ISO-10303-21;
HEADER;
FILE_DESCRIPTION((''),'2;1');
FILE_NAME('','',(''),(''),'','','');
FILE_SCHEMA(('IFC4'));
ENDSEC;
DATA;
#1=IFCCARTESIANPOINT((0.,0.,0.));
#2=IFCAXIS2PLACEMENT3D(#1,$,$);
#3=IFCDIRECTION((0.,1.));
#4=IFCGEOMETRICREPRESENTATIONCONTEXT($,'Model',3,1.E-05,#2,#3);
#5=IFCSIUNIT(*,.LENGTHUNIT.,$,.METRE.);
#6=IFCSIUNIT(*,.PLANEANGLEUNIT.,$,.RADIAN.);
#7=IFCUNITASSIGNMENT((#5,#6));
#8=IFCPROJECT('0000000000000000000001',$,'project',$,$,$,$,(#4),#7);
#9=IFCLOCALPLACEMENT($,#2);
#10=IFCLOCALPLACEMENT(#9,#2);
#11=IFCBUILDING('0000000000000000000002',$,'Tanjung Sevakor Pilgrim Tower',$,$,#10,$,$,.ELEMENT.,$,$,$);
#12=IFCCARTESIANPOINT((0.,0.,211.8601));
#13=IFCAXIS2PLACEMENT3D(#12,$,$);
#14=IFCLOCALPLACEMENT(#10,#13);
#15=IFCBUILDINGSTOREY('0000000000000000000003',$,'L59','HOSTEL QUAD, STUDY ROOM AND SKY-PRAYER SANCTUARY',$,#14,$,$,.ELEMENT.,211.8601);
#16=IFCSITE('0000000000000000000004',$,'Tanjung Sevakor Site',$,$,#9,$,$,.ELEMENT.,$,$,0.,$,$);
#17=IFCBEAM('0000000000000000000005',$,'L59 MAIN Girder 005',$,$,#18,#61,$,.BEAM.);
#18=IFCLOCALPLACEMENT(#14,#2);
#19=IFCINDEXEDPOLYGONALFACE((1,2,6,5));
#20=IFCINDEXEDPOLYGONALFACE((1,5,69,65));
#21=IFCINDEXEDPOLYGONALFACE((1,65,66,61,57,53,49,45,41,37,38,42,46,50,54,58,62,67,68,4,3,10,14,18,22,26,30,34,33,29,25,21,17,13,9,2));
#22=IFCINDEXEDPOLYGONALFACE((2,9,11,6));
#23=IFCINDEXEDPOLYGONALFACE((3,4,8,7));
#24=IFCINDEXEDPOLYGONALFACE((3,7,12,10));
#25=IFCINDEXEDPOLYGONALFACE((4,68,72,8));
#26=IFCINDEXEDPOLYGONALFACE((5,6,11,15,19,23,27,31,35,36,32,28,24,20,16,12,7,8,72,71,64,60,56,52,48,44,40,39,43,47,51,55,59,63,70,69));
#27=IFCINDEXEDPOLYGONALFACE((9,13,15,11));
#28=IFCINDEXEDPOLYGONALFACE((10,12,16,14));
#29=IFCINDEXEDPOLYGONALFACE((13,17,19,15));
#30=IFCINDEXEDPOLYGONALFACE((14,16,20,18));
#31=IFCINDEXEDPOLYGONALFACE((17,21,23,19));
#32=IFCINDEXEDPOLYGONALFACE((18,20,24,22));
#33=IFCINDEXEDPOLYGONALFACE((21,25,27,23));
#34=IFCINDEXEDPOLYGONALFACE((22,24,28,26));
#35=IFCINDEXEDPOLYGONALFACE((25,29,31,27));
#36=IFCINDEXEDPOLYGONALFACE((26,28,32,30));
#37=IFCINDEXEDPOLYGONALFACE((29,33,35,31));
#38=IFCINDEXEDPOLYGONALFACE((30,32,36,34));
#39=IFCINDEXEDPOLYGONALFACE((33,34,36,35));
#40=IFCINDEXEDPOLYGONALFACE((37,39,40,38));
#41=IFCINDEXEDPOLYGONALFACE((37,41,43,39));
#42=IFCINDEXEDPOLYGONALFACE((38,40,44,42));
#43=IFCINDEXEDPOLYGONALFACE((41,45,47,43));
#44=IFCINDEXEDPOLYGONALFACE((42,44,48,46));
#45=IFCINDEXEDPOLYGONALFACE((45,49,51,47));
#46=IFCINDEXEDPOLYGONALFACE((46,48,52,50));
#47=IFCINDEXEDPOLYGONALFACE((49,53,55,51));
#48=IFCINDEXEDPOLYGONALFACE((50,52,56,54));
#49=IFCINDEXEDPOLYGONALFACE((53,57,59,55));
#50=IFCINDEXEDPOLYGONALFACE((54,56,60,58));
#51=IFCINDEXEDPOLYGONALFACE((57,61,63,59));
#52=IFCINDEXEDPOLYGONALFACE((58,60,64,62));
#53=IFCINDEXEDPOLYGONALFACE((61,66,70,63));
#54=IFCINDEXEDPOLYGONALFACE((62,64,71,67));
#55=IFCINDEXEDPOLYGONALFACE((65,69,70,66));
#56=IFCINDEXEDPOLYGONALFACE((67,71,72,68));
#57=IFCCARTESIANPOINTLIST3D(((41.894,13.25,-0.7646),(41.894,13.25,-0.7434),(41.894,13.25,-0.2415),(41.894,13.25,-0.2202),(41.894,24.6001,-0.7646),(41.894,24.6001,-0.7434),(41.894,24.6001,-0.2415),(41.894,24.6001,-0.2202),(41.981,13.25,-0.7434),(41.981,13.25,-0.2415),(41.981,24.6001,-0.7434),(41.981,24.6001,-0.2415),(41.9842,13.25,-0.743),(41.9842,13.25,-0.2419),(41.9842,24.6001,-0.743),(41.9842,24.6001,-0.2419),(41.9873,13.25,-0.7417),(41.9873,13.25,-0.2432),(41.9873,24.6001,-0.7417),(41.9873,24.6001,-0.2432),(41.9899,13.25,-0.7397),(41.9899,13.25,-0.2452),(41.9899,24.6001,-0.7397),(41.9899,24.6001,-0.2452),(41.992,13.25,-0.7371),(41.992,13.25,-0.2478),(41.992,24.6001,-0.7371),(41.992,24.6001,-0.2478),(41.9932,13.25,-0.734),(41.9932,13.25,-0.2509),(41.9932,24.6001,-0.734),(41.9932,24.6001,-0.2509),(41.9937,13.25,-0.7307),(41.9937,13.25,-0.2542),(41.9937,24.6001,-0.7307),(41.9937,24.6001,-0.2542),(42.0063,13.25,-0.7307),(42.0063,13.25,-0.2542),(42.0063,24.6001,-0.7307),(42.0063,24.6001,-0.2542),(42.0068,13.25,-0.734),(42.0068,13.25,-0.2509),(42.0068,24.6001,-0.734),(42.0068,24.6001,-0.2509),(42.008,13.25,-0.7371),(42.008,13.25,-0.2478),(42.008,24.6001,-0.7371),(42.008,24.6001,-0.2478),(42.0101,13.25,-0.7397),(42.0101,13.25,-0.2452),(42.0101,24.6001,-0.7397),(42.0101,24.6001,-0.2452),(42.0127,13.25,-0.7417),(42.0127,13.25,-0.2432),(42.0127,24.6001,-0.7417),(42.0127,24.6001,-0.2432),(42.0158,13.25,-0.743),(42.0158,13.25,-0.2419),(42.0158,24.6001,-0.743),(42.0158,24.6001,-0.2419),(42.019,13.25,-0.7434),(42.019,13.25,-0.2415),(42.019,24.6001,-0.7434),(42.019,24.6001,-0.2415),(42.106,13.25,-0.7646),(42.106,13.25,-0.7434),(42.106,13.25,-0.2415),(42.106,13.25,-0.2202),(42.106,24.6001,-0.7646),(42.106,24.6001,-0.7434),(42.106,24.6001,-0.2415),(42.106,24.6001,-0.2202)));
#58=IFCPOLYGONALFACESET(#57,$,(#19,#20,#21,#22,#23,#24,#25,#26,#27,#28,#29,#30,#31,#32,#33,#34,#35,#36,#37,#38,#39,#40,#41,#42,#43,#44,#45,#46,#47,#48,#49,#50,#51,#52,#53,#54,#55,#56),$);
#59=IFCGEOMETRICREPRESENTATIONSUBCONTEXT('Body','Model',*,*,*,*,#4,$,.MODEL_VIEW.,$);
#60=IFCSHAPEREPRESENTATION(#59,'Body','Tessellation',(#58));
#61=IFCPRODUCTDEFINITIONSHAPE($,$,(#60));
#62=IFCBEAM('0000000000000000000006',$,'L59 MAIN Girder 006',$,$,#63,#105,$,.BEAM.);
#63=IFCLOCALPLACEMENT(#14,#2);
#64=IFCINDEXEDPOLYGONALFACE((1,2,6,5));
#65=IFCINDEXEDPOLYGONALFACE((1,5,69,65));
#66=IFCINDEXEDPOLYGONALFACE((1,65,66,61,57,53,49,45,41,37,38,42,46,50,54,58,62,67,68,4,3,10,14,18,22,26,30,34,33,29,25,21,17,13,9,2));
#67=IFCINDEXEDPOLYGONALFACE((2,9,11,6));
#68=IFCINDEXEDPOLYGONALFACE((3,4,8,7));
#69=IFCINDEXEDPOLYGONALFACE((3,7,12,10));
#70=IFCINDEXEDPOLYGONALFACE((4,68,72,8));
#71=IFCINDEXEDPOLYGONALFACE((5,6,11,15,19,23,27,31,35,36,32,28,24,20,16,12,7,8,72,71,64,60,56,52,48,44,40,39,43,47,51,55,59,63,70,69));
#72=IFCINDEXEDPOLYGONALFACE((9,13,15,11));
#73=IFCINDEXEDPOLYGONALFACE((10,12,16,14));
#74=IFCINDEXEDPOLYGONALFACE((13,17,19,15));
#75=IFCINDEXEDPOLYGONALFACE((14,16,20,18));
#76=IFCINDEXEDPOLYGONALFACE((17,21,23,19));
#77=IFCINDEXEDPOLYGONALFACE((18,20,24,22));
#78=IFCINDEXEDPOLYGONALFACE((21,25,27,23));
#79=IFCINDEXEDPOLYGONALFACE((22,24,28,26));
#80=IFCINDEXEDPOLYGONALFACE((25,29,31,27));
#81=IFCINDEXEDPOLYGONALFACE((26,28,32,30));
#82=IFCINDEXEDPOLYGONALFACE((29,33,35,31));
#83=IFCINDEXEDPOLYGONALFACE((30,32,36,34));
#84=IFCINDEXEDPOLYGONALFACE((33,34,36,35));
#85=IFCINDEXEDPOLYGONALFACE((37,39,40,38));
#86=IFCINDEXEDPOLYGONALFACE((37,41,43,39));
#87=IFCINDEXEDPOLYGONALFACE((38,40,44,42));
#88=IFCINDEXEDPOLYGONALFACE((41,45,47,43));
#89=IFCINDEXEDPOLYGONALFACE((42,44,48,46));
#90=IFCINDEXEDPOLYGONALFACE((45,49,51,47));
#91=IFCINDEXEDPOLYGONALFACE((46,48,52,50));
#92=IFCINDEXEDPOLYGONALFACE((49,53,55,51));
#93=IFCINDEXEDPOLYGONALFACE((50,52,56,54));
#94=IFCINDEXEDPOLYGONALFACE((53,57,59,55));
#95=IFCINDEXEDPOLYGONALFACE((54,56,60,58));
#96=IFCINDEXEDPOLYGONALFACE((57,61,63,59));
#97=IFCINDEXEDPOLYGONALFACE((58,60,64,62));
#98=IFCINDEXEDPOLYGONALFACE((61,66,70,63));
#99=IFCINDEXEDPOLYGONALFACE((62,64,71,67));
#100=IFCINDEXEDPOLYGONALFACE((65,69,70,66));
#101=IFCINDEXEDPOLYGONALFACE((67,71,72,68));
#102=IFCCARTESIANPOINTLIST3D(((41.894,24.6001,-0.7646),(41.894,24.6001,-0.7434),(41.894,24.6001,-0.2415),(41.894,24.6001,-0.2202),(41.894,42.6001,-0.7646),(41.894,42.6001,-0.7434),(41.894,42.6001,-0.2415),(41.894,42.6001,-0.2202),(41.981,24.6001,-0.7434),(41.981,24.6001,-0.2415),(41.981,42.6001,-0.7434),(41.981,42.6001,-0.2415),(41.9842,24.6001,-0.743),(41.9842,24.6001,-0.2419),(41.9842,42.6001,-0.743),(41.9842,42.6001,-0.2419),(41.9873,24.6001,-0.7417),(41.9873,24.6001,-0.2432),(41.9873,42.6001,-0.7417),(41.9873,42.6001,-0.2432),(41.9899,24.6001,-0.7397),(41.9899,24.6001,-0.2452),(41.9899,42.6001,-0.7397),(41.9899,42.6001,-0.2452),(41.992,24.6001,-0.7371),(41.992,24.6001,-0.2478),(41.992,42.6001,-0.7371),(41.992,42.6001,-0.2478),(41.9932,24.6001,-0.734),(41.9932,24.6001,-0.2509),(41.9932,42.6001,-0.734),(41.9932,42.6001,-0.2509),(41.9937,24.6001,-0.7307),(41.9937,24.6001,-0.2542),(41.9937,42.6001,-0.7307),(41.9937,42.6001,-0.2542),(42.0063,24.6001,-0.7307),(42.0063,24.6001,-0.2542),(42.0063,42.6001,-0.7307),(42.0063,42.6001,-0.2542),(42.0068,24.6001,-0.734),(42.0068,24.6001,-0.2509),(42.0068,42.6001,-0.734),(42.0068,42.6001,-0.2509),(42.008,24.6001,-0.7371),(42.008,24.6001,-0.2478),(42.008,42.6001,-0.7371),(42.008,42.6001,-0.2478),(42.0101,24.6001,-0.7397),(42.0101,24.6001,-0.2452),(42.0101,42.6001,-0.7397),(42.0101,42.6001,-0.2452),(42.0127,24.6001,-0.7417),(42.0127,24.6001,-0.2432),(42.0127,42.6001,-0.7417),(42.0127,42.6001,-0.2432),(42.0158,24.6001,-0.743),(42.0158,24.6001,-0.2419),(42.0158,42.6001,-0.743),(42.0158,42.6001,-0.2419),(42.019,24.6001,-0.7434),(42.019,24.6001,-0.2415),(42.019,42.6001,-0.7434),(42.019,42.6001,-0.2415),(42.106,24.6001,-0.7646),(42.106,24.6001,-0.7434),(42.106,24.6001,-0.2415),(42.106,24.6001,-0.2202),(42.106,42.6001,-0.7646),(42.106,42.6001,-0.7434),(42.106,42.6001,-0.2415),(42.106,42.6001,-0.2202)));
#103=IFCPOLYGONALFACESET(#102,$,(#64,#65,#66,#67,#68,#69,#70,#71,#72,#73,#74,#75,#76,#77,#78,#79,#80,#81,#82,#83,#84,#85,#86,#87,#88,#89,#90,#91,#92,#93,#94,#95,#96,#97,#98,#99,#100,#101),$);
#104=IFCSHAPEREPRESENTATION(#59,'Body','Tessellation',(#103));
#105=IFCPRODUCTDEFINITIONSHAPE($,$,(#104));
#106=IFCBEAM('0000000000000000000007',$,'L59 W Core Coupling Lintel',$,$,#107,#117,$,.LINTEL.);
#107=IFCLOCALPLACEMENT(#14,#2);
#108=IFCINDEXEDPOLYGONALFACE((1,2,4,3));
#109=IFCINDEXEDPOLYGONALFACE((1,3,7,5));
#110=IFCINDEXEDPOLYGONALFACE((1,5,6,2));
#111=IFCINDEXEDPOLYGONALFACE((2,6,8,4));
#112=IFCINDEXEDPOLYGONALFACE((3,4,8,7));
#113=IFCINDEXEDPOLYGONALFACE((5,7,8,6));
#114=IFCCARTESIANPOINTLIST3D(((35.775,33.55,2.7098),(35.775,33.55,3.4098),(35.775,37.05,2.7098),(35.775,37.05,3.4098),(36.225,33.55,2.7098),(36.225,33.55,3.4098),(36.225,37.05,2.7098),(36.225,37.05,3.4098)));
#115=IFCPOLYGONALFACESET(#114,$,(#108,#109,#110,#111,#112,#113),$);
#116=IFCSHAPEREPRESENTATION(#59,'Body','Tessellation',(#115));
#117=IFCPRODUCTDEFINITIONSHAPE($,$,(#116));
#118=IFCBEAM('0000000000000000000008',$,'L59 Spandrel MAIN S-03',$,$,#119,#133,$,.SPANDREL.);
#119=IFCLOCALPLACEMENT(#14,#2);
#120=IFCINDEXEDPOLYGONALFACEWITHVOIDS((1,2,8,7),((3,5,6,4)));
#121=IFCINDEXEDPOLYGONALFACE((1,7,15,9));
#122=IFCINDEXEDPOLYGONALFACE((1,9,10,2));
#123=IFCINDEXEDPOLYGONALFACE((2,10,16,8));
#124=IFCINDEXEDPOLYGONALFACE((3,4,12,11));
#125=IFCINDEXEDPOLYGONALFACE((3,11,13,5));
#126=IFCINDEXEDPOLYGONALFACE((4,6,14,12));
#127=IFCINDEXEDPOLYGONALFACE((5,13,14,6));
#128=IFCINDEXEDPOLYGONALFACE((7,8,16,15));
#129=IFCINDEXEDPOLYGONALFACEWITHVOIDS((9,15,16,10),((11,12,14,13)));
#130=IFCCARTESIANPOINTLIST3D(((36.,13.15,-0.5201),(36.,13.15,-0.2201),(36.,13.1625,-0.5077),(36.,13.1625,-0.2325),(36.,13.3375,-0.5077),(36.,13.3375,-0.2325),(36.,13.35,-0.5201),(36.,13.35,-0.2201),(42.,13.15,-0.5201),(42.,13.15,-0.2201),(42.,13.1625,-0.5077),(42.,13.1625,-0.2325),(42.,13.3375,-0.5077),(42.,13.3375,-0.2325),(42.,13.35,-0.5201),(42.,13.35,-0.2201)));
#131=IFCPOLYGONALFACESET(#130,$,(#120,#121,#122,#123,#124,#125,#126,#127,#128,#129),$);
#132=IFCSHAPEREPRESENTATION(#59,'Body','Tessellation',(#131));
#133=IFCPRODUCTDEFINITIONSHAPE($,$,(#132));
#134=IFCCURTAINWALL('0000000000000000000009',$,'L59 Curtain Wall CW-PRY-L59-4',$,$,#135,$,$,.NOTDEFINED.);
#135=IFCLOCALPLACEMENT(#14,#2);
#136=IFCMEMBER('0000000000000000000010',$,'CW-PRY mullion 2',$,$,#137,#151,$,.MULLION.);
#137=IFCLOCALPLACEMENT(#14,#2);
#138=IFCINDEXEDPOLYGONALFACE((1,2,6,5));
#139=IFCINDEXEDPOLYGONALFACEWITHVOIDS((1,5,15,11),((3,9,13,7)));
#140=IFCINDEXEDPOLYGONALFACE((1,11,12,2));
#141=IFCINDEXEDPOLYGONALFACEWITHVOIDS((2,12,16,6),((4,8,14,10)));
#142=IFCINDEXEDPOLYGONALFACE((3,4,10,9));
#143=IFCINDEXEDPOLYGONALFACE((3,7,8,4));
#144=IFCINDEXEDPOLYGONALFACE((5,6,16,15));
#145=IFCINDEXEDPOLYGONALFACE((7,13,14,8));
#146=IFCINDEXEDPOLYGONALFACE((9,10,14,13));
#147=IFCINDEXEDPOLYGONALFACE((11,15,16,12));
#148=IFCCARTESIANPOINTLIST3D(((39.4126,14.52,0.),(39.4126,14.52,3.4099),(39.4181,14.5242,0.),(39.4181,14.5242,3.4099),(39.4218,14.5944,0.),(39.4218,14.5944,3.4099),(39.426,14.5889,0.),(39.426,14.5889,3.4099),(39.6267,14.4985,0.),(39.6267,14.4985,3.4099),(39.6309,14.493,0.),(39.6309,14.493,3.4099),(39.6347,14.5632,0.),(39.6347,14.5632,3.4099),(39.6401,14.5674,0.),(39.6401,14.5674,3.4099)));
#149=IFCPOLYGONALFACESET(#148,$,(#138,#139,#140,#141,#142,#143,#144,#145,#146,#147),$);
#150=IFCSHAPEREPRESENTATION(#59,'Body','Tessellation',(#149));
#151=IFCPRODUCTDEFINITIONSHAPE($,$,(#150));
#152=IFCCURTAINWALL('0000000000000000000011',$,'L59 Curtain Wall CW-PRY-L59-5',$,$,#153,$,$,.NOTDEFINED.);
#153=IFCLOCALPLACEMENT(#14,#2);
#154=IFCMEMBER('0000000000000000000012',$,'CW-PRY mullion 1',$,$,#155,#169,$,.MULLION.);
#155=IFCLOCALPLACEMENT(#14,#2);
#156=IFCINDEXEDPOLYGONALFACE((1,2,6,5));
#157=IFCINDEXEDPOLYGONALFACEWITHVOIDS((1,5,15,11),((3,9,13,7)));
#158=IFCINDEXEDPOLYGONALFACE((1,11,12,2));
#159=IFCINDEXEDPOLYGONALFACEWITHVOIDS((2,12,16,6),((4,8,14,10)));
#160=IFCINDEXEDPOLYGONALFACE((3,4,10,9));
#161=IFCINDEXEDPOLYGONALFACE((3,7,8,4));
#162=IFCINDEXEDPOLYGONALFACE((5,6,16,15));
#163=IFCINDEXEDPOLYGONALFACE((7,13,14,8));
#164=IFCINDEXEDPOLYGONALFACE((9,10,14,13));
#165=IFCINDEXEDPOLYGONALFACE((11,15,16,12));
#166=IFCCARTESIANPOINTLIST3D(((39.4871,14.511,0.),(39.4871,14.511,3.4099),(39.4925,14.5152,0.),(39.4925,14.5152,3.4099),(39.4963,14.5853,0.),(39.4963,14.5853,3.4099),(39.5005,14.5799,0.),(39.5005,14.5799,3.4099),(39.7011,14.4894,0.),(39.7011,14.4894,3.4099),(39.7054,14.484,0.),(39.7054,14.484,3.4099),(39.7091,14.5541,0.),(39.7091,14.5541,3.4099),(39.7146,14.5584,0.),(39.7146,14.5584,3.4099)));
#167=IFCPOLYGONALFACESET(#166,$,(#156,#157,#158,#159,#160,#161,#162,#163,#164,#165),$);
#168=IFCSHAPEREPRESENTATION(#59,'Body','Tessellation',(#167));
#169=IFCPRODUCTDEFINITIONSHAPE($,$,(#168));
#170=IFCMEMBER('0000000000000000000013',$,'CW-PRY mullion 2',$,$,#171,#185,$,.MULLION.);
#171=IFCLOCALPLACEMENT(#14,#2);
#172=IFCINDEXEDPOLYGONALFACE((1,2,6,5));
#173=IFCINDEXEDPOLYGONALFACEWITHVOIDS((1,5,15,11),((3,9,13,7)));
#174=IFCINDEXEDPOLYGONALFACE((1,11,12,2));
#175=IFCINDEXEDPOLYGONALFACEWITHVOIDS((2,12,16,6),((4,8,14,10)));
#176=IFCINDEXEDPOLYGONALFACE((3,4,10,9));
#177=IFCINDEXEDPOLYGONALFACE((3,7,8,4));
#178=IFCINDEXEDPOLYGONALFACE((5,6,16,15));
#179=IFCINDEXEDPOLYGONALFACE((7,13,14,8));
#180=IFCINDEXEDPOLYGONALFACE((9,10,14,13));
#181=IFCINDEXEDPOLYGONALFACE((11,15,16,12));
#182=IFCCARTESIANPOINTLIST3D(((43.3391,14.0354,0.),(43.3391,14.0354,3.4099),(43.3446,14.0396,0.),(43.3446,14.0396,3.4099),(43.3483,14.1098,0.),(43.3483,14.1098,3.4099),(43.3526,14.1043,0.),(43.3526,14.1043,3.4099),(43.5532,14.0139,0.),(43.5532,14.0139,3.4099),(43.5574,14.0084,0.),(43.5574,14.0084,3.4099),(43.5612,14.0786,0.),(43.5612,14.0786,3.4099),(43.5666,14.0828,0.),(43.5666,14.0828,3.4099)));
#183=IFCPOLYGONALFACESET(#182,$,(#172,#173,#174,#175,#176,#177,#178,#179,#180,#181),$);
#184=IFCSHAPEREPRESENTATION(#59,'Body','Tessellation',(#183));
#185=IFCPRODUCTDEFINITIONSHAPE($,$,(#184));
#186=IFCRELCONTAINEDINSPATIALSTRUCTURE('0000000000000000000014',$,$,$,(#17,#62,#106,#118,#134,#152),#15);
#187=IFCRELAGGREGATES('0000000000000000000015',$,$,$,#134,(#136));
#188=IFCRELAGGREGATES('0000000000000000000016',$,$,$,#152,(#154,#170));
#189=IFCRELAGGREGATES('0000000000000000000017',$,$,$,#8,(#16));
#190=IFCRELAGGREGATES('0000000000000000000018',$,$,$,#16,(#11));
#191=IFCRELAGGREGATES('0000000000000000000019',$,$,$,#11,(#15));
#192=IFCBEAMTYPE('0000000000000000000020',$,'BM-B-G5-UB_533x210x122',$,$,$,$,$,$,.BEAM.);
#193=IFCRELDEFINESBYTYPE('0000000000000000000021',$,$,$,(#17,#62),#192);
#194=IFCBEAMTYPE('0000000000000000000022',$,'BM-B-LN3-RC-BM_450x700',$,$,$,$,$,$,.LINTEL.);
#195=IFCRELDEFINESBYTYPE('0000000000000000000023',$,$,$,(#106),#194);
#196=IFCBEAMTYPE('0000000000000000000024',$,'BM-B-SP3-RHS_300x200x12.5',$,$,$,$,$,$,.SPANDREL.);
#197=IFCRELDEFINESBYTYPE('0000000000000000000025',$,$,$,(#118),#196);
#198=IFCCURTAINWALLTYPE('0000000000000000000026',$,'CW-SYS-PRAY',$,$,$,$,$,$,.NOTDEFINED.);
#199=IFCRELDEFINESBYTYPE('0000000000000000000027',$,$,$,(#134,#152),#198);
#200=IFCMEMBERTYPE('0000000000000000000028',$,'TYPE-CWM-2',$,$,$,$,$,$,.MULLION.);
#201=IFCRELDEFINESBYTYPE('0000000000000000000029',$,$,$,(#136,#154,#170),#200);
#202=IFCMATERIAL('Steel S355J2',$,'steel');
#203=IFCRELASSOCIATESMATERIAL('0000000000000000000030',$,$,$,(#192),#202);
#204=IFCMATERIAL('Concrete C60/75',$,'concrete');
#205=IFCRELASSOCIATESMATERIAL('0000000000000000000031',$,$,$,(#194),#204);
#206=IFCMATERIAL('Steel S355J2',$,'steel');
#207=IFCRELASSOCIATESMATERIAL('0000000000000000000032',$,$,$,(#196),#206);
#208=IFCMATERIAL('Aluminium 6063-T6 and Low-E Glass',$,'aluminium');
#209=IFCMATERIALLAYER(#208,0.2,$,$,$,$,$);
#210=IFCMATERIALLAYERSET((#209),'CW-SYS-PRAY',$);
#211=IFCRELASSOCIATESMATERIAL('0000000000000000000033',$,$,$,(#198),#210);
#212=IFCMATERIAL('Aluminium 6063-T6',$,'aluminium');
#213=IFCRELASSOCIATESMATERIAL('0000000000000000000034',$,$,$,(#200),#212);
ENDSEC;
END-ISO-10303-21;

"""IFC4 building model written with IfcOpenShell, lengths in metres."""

from ifc_helpers import new_model, si_unit, direction, frame, origin, origin_2d, place, context, subcontext, project, spatial, rectangle, hollow_rectangle, i_section, extrude, material, layer, layer_set, material_profile, profile_set, type_object, element, aggregate, save


model = new_model("IFC4")

# Units and contexts
model_context = context("Model", 3, precision=1e-05, world=origin(), true_north=direction((0.0, 1.0)))
body_context = subcontext(model_context, "Body", "Model", "MODEL_VIEW")
ifc_project = project(units=[si_unit("LENGTHUNIT", "METRE"), si_unit("PLANEANGLEUNIT", "RADIAN")], contexts=[model_context])

# Site, building, storey
site_placement = place(None, origin())
site = spatial("IfcSite", under=ifc_project, at=site_placement, Name="Tanjung Sevakor Site", CompositionType="ELEMENT", RefElevation=0.0)
building_placement = place(site_placement, origin())
building = spatial("IfcBuilding", under=site, at=building_placement, Name="Tanjung Sevakor Pilgrim Tower", CompositionType="ELEMENT")
storey_placement = place(building_placement, frame((0.0, 0.0, 211.8601)))
storey = spatial("IfcBuildingStorey", under=building, at=storey_placement, Name="L59", Description="HOSTEL QUAD, STUDY ROOM AND SKY-PRAYER SANCTUARY", CompositionType="ELEMENT", Elevation=211.8601)

# Beams
ifc_material_1 = material(Name="Steel S355J2", Category="steel")
ifc_material_profile_1 = material_profile(ifc_material_1, i_section(OverallWidth=0.2119, OverallDepth=0.5444, WebThickness=0.0127, FlangeThickness=0.0212, FilletRadius=0.0127, at=origin_2d()))
ifc_profile_set_1 = profile_set([ifc_material_profile_1], Name="Steel S355J2")
beam_type_1 = type_object("IfcBeamType", Name="BM-B-G5-UB_533x210x122", PredefinedType="BEAM", material=ifc_profile_set_1)
beam_1_placement = place(storey_placement, frame((42.0, 13.25, -0.4924), z_axis=(0.0, 1.0, 0.0), x_axis=(-1.0, 0.0, 0.0)))
element("IfcBeam", 1, at=beam_1_placement, inside=storey, type_object=beam_type_1, Name="L59 MAIN Girder 005", PredefinedType="BEAM", context=body_context, shape_type="SweptSolid", body=[
    extrude(i_section(OverallWidth=0.2119, OverallDepth=0.5444, WebThickness=0.0127, FlangeThickness=0.0212, FilletRadius=0.0127, at=origin_2d()), origin(), (0.0, 0.0, 1.0), 11.3501),
])
beam_2_placement = place(storey_placement, frame((42.0, 24.6001, -0.4924), z_axis=(0.0, 1.0, 0.0), x_axis=(-1.0, 0.0, 0.0)))
element("IfcBeam", 2, at=beam_2_placement, inside=storey, type_object=beam_type_1, Name="L59 MAIN Girder 006", PredefinedType="BEAM", context=body_context, shape_type="SweptSolid", body=[
    extrude(i_section(OverallWidth=0.2119, OverallDepth=0.5444, WebThickness=0.0127, FlangeThickness=0.0212, FilletRadius=0.0127, at=origin_2d()), origin(), (0.0, 0.0, 1.0), 18.0),
])
ifc_material_2 = material(Name="Concrete C60/75", Category="concrete")
ifc_material_profile_2 = material_profile(ifc_material_2, rectangle(XDim=0.45, YDim=0.7, at=origin_2d()))
ifc_profile_set_2 = profile_set([ifc_material_profile_2], Name="Concrete C60/75")
beam_type_2 = type_object("IfcBeamType", Name="BM-B-LN3-RC-BM_450x700", PredefinedType="LINTEL", material=ifc_profile_set_2)
beam_3_placement = place(storey_placement, frame((36.0, 33.55, 3.0598), z_axis=(0.0, 1.0, 0.0), x_axis=(-1.0, 0.0, 0.0)))
element("IfcBeam", 3, at=beam_3_placement, inside=storey, type_object=beam_type_2, Name="L59 W Core Coupling Lintel", PredefinedType="LINTEL", context=body_context, shape_type="SweptSolid", body=[
    extrude(rectangle(XDim=0.45, YDim=0.7, at=origin_2d()), origin(), (0.0, 0.0, 1.0), 3.5),
])
ifc_material_3 = material(Name="Steel S355J2", Category="steel")
ifc_material_profile_3 = material_profile(ifc_material_3, hollow_rectangle(XDim=0.2, YDim=0.3, WallThickness=0.0125, at=origin_2d()))
ifc_profile_set_3 = profile_set([ifc_material_profile_3], Name="Steel S355J2")
beam_type_3 = type_object("IfcBeamType", Name="BM-B-SP3-RHS_300x200x12.5", PredefinedType="SPANDREL", material=ifc_profile_set_3)
beam_4_placement = place(storey_placement, frame((36.0, 13.25, -0.3701), z_axis=(1.0, 0.0, 0.0), x_axis=(0.0, 1.0, 0.0)))
element("IfcBeam", 4, at=beam_4_placement, inside=storey, type_object=beam_type_3, Name="L59 Spandrel MAIN S-03", PredefinedType="SPANDREL", context=body_context, shape_type="SweptSolid", body=[
    extrude(hollow_rectangle(XDim=0.2, YDim=0.3, WallThickness=0.0125, at=origin_2d()), origin(), (0.0, 0.0, 1.0), 6.0),
])

# Curtain wall, member
ifc_material_4 = material(Name="Aluminium 6063-T6 and Low-E Glass", Category="aluminium")
ifc_layer_1 = layer(ifc_material_4, 0.2)
ifc_layer_set_1 = layer_set([ifc_layer_1], Name="CW-SYS-PRAY")
curtain_wall_type_1 = type_object("IfcCurtainWallType", Name="CW-SYS-PRAY", PredefinedType="NOTDEFINED", material=ifc_layer_set_1)
curtain_wall_1_placement = place(storey_placement, origin())
curtain_wall_1 = element("IfcCurtainWall", 5, at=curtain_wall_1_placement, inside=storey, type_object=curtain_wall_type_1, Name="L59 Curtain Wall CW-PRY-L59-4", PredefinedType="NOTDEFINED")
ifc_material_5 = material(Name="Aluminium 6063-T6", Category="aluminium")
ifc_material_profile_4 = material_profile(ifc_material_5, hollow_rectangle(XDim=0.075, YDim=0.22, WallThickness=0.0049, at=origin_2d()))
ifc_profile_set_4 = profile_set([ifc_material_profile_4], Name="Aluminium 6063-T6")
member_type_1 = type_object("IfcMemberType", Name="TYPE-CWM-2", PredefinedType="MULLION", material=ifc_profile_set_4)
member_1_placement = place(storey_placement, frame((39.5264, 14.5437, 0.0), z_axis=(0.0, 0.0, 1.0), x_axis=(0.122511, 0.992467, 0.0)))
member_1 = element("IfcMember", 6, at=member_1_placement, type_object=member_type_1, Name="CW-PRY mullion 2", PredefinedType="MULLION", context=body_context, shape_type="SweptSolid", body=[
    extrude(hollow_rectangle(XDim=0.075, YDim=0.22, WallThickness=0.0049, at=origin_2d()), origin(), (0.0, 0.0, 1.0), 3.4099),
])

# Curtain wall, members
curtain_wall_2_placement = place(storey_placement, origin())
curtain_wall_2 = element("IfcCurtainWall", 7, at=curtain_wall_2_placement, inside=storey, type_object=curtain_wall_type_1, Name="L59 Curtain Wall CW-PRY-L59-5", PredefinedType="NOTDEFINED")
member_2_placement = place(storey_placement, frame((39.6008, 14.5347, 0.0), z_axis=(0.0, 0.0, 1.0), x_axis=(0.122538, 0.992464, 0.0)))
member_2 = element("IfcMember", 8, at=member_2_placement, type_object=member_type_1, Name="CW-PRY mullion 1", PredefinedType="MULLION", context=body_context, shape_type="SweptSolid", body=[
    extrude(hollow_rectangle(XDim=0.075, YDim=0.22, WallThickness=0.0049, at=origin_2d()), origin(), (0.0, 0.0, 1.0), 3.4099),
])
member_3_placement = place(storey_placement, frame((43.4529, 14.0591, 0.0), z_axis=(0.0, 0.0, 1.0), x_axis=(0.122538, 0.992464, 0.0)))
member_3 = element("IfcMember", 9, at=member_3_placement, type_object=member_type_1, Name="CW-PRY mullion 2", PredefinedType="MULLION", context=body_context, shape_type="SweptSolid", body=[
    extrude(hollow_rectangle(XDim=0.075, YDim=0.22, WallThickness=0.0049, at=origin_2d()), origin(), (0.0, 0.0, 1.0), 3.4099),
])

aggregate(curtain_wall_1, [member_1])
aggregate(curtain_wall_2, [member_2, member_3])

save(model, "model.ifc")
